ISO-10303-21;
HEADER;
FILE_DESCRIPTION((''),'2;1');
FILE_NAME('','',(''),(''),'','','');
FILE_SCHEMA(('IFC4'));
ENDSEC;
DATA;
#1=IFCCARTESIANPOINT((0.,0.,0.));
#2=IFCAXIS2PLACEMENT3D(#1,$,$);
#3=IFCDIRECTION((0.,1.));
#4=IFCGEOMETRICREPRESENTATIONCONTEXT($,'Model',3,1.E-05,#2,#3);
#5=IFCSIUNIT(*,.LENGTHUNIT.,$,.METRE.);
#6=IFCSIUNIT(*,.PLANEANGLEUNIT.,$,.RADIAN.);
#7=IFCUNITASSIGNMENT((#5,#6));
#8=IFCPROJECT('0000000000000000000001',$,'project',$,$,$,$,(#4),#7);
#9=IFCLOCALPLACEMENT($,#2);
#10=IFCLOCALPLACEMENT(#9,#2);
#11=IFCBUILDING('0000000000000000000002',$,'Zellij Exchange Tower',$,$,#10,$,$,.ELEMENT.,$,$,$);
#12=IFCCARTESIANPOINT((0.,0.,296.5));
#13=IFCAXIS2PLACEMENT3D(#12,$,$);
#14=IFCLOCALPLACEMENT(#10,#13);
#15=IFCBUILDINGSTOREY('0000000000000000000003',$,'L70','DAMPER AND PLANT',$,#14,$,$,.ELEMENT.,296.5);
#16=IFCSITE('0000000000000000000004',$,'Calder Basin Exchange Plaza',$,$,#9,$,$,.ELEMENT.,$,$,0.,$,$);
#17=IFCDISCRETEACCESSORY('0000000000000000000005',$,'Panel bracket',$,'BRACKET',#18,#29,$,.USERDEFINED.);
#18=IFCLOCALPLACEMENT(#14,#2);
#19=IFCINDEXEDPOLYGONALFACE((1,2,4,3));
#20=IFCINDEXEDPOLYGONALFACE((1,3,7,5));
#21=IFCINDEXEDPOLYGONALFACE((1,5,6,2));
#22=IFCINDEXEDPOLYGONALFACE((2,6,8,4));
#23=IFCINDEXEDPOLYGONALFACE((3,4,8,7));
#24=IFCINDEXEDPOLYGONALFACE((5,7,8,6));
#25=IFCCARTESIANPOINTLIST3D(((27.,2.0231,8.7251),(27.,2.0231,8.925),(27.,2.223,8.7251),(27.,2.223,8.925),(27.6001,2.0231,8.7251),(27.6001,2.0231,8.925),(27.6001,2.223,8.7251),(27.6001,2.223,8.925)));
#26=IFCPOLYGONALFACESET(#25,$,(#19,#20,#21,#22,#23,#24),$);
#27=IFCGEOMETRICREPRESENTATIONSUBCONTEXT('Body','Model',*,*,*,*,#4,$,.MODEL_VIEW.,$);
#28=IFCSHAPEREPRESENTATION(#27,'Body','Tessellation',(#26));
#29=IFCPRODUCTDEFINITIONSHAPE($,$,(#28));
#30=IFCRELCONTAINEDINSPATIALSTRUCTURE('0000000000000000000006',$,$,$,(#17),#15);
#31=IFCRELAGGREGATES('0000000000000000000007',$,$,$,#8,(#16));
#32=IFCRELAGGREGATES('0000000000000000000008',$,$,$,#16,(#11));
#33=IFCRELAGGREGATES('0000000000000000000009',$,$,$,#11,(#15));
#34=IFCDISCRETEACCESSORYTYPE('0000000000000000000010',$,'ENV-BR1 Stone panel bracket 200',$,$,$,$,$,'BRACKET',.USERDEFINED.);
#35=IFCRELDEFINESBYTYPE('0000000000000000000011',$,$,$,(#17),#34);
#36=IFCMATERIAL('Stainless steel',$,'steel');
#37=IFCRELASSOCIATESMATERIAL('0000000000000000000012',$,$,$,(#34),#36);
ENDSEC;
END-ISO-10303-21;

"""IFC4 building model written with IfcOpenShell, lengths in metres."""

from ifc_helpers import new_model, si_unit, direction, frame, origin, origin_2d, place, context, subcontext, project, spatial, rectangle, extrude, material, type_object, element, save


model = new_model("IFC4")

# Units and contexts
model_context = context("Model", 3, precision=1e-05, world=origin(), true_north=direction((0.0, 1.0)))
body_context = subcontext(model_context, "Body", "Model", "MODEL_VIEW")
ifc_project = project(units=[si_unit("LENGTHUNIT", "METRE"), si_unit("PLANEANGLEUNIT", "RADIAN")], contexts=[model_context])

# Site, building, storey
site_placement = place(None, origin())
site = spatial("IfcSite", under=ifc_project, at=site_placement, Name="Calder Basin Exchange Plaza", CompositionType="ELEMENT", RefElevation=0.0)
building_placement = place(site_placement, origin())
building = spatial("IfcBuilding", under=site, at=building_placement, Name="Zellij Exchange Tower", CompositionType="ELEMENT")
storey_placement = place(building_placement, frame((0.0, 0.0, 296.5)))
storey = spatial("IfcBuildingStorey", under=building, at=storey_placement, Name="L70", Description="DAMPER AND PLANT", CompositionType="ELEMENT", Elevation=296.5)

# Discrete accessory
ifc_material_1 = material(Name="Stainless steel", Category="steel")
discrete_accessory_type = type_object("IfcDiscreteAccessoryType", Name="ENV-BR1 Stone panel bracket 200", ElementType="BRACKET", PredefinedType="USERDEFINED", material=ifc_material_1)
for number, where, z_axis, x_axis, name in (
    (1, (27.3, 2.123, 8.7251), (0.0, 0.0, 1.0), (0.0, 1.0, 0.0), "Panel bracket"),
):
    element("IfcDiscreteAccessory", number, at=place(storey_placement, frame(where, z_axis=z_axis, x_axis=x_axis)), inside=storey, type_object=discrete_accessory_type, Name=name, ObjectType="BRACKET", PredefinedType="USERDEFINED", context=body_context, shape_type="SweptSolid", body=[
        extrude(rectangle(XDim=0.2, YDim=0.6001, at=origin_2d()), origin(), (0.0, 0.0, 1.0), 0.2),
    ])

save(model, "model.ifc")
